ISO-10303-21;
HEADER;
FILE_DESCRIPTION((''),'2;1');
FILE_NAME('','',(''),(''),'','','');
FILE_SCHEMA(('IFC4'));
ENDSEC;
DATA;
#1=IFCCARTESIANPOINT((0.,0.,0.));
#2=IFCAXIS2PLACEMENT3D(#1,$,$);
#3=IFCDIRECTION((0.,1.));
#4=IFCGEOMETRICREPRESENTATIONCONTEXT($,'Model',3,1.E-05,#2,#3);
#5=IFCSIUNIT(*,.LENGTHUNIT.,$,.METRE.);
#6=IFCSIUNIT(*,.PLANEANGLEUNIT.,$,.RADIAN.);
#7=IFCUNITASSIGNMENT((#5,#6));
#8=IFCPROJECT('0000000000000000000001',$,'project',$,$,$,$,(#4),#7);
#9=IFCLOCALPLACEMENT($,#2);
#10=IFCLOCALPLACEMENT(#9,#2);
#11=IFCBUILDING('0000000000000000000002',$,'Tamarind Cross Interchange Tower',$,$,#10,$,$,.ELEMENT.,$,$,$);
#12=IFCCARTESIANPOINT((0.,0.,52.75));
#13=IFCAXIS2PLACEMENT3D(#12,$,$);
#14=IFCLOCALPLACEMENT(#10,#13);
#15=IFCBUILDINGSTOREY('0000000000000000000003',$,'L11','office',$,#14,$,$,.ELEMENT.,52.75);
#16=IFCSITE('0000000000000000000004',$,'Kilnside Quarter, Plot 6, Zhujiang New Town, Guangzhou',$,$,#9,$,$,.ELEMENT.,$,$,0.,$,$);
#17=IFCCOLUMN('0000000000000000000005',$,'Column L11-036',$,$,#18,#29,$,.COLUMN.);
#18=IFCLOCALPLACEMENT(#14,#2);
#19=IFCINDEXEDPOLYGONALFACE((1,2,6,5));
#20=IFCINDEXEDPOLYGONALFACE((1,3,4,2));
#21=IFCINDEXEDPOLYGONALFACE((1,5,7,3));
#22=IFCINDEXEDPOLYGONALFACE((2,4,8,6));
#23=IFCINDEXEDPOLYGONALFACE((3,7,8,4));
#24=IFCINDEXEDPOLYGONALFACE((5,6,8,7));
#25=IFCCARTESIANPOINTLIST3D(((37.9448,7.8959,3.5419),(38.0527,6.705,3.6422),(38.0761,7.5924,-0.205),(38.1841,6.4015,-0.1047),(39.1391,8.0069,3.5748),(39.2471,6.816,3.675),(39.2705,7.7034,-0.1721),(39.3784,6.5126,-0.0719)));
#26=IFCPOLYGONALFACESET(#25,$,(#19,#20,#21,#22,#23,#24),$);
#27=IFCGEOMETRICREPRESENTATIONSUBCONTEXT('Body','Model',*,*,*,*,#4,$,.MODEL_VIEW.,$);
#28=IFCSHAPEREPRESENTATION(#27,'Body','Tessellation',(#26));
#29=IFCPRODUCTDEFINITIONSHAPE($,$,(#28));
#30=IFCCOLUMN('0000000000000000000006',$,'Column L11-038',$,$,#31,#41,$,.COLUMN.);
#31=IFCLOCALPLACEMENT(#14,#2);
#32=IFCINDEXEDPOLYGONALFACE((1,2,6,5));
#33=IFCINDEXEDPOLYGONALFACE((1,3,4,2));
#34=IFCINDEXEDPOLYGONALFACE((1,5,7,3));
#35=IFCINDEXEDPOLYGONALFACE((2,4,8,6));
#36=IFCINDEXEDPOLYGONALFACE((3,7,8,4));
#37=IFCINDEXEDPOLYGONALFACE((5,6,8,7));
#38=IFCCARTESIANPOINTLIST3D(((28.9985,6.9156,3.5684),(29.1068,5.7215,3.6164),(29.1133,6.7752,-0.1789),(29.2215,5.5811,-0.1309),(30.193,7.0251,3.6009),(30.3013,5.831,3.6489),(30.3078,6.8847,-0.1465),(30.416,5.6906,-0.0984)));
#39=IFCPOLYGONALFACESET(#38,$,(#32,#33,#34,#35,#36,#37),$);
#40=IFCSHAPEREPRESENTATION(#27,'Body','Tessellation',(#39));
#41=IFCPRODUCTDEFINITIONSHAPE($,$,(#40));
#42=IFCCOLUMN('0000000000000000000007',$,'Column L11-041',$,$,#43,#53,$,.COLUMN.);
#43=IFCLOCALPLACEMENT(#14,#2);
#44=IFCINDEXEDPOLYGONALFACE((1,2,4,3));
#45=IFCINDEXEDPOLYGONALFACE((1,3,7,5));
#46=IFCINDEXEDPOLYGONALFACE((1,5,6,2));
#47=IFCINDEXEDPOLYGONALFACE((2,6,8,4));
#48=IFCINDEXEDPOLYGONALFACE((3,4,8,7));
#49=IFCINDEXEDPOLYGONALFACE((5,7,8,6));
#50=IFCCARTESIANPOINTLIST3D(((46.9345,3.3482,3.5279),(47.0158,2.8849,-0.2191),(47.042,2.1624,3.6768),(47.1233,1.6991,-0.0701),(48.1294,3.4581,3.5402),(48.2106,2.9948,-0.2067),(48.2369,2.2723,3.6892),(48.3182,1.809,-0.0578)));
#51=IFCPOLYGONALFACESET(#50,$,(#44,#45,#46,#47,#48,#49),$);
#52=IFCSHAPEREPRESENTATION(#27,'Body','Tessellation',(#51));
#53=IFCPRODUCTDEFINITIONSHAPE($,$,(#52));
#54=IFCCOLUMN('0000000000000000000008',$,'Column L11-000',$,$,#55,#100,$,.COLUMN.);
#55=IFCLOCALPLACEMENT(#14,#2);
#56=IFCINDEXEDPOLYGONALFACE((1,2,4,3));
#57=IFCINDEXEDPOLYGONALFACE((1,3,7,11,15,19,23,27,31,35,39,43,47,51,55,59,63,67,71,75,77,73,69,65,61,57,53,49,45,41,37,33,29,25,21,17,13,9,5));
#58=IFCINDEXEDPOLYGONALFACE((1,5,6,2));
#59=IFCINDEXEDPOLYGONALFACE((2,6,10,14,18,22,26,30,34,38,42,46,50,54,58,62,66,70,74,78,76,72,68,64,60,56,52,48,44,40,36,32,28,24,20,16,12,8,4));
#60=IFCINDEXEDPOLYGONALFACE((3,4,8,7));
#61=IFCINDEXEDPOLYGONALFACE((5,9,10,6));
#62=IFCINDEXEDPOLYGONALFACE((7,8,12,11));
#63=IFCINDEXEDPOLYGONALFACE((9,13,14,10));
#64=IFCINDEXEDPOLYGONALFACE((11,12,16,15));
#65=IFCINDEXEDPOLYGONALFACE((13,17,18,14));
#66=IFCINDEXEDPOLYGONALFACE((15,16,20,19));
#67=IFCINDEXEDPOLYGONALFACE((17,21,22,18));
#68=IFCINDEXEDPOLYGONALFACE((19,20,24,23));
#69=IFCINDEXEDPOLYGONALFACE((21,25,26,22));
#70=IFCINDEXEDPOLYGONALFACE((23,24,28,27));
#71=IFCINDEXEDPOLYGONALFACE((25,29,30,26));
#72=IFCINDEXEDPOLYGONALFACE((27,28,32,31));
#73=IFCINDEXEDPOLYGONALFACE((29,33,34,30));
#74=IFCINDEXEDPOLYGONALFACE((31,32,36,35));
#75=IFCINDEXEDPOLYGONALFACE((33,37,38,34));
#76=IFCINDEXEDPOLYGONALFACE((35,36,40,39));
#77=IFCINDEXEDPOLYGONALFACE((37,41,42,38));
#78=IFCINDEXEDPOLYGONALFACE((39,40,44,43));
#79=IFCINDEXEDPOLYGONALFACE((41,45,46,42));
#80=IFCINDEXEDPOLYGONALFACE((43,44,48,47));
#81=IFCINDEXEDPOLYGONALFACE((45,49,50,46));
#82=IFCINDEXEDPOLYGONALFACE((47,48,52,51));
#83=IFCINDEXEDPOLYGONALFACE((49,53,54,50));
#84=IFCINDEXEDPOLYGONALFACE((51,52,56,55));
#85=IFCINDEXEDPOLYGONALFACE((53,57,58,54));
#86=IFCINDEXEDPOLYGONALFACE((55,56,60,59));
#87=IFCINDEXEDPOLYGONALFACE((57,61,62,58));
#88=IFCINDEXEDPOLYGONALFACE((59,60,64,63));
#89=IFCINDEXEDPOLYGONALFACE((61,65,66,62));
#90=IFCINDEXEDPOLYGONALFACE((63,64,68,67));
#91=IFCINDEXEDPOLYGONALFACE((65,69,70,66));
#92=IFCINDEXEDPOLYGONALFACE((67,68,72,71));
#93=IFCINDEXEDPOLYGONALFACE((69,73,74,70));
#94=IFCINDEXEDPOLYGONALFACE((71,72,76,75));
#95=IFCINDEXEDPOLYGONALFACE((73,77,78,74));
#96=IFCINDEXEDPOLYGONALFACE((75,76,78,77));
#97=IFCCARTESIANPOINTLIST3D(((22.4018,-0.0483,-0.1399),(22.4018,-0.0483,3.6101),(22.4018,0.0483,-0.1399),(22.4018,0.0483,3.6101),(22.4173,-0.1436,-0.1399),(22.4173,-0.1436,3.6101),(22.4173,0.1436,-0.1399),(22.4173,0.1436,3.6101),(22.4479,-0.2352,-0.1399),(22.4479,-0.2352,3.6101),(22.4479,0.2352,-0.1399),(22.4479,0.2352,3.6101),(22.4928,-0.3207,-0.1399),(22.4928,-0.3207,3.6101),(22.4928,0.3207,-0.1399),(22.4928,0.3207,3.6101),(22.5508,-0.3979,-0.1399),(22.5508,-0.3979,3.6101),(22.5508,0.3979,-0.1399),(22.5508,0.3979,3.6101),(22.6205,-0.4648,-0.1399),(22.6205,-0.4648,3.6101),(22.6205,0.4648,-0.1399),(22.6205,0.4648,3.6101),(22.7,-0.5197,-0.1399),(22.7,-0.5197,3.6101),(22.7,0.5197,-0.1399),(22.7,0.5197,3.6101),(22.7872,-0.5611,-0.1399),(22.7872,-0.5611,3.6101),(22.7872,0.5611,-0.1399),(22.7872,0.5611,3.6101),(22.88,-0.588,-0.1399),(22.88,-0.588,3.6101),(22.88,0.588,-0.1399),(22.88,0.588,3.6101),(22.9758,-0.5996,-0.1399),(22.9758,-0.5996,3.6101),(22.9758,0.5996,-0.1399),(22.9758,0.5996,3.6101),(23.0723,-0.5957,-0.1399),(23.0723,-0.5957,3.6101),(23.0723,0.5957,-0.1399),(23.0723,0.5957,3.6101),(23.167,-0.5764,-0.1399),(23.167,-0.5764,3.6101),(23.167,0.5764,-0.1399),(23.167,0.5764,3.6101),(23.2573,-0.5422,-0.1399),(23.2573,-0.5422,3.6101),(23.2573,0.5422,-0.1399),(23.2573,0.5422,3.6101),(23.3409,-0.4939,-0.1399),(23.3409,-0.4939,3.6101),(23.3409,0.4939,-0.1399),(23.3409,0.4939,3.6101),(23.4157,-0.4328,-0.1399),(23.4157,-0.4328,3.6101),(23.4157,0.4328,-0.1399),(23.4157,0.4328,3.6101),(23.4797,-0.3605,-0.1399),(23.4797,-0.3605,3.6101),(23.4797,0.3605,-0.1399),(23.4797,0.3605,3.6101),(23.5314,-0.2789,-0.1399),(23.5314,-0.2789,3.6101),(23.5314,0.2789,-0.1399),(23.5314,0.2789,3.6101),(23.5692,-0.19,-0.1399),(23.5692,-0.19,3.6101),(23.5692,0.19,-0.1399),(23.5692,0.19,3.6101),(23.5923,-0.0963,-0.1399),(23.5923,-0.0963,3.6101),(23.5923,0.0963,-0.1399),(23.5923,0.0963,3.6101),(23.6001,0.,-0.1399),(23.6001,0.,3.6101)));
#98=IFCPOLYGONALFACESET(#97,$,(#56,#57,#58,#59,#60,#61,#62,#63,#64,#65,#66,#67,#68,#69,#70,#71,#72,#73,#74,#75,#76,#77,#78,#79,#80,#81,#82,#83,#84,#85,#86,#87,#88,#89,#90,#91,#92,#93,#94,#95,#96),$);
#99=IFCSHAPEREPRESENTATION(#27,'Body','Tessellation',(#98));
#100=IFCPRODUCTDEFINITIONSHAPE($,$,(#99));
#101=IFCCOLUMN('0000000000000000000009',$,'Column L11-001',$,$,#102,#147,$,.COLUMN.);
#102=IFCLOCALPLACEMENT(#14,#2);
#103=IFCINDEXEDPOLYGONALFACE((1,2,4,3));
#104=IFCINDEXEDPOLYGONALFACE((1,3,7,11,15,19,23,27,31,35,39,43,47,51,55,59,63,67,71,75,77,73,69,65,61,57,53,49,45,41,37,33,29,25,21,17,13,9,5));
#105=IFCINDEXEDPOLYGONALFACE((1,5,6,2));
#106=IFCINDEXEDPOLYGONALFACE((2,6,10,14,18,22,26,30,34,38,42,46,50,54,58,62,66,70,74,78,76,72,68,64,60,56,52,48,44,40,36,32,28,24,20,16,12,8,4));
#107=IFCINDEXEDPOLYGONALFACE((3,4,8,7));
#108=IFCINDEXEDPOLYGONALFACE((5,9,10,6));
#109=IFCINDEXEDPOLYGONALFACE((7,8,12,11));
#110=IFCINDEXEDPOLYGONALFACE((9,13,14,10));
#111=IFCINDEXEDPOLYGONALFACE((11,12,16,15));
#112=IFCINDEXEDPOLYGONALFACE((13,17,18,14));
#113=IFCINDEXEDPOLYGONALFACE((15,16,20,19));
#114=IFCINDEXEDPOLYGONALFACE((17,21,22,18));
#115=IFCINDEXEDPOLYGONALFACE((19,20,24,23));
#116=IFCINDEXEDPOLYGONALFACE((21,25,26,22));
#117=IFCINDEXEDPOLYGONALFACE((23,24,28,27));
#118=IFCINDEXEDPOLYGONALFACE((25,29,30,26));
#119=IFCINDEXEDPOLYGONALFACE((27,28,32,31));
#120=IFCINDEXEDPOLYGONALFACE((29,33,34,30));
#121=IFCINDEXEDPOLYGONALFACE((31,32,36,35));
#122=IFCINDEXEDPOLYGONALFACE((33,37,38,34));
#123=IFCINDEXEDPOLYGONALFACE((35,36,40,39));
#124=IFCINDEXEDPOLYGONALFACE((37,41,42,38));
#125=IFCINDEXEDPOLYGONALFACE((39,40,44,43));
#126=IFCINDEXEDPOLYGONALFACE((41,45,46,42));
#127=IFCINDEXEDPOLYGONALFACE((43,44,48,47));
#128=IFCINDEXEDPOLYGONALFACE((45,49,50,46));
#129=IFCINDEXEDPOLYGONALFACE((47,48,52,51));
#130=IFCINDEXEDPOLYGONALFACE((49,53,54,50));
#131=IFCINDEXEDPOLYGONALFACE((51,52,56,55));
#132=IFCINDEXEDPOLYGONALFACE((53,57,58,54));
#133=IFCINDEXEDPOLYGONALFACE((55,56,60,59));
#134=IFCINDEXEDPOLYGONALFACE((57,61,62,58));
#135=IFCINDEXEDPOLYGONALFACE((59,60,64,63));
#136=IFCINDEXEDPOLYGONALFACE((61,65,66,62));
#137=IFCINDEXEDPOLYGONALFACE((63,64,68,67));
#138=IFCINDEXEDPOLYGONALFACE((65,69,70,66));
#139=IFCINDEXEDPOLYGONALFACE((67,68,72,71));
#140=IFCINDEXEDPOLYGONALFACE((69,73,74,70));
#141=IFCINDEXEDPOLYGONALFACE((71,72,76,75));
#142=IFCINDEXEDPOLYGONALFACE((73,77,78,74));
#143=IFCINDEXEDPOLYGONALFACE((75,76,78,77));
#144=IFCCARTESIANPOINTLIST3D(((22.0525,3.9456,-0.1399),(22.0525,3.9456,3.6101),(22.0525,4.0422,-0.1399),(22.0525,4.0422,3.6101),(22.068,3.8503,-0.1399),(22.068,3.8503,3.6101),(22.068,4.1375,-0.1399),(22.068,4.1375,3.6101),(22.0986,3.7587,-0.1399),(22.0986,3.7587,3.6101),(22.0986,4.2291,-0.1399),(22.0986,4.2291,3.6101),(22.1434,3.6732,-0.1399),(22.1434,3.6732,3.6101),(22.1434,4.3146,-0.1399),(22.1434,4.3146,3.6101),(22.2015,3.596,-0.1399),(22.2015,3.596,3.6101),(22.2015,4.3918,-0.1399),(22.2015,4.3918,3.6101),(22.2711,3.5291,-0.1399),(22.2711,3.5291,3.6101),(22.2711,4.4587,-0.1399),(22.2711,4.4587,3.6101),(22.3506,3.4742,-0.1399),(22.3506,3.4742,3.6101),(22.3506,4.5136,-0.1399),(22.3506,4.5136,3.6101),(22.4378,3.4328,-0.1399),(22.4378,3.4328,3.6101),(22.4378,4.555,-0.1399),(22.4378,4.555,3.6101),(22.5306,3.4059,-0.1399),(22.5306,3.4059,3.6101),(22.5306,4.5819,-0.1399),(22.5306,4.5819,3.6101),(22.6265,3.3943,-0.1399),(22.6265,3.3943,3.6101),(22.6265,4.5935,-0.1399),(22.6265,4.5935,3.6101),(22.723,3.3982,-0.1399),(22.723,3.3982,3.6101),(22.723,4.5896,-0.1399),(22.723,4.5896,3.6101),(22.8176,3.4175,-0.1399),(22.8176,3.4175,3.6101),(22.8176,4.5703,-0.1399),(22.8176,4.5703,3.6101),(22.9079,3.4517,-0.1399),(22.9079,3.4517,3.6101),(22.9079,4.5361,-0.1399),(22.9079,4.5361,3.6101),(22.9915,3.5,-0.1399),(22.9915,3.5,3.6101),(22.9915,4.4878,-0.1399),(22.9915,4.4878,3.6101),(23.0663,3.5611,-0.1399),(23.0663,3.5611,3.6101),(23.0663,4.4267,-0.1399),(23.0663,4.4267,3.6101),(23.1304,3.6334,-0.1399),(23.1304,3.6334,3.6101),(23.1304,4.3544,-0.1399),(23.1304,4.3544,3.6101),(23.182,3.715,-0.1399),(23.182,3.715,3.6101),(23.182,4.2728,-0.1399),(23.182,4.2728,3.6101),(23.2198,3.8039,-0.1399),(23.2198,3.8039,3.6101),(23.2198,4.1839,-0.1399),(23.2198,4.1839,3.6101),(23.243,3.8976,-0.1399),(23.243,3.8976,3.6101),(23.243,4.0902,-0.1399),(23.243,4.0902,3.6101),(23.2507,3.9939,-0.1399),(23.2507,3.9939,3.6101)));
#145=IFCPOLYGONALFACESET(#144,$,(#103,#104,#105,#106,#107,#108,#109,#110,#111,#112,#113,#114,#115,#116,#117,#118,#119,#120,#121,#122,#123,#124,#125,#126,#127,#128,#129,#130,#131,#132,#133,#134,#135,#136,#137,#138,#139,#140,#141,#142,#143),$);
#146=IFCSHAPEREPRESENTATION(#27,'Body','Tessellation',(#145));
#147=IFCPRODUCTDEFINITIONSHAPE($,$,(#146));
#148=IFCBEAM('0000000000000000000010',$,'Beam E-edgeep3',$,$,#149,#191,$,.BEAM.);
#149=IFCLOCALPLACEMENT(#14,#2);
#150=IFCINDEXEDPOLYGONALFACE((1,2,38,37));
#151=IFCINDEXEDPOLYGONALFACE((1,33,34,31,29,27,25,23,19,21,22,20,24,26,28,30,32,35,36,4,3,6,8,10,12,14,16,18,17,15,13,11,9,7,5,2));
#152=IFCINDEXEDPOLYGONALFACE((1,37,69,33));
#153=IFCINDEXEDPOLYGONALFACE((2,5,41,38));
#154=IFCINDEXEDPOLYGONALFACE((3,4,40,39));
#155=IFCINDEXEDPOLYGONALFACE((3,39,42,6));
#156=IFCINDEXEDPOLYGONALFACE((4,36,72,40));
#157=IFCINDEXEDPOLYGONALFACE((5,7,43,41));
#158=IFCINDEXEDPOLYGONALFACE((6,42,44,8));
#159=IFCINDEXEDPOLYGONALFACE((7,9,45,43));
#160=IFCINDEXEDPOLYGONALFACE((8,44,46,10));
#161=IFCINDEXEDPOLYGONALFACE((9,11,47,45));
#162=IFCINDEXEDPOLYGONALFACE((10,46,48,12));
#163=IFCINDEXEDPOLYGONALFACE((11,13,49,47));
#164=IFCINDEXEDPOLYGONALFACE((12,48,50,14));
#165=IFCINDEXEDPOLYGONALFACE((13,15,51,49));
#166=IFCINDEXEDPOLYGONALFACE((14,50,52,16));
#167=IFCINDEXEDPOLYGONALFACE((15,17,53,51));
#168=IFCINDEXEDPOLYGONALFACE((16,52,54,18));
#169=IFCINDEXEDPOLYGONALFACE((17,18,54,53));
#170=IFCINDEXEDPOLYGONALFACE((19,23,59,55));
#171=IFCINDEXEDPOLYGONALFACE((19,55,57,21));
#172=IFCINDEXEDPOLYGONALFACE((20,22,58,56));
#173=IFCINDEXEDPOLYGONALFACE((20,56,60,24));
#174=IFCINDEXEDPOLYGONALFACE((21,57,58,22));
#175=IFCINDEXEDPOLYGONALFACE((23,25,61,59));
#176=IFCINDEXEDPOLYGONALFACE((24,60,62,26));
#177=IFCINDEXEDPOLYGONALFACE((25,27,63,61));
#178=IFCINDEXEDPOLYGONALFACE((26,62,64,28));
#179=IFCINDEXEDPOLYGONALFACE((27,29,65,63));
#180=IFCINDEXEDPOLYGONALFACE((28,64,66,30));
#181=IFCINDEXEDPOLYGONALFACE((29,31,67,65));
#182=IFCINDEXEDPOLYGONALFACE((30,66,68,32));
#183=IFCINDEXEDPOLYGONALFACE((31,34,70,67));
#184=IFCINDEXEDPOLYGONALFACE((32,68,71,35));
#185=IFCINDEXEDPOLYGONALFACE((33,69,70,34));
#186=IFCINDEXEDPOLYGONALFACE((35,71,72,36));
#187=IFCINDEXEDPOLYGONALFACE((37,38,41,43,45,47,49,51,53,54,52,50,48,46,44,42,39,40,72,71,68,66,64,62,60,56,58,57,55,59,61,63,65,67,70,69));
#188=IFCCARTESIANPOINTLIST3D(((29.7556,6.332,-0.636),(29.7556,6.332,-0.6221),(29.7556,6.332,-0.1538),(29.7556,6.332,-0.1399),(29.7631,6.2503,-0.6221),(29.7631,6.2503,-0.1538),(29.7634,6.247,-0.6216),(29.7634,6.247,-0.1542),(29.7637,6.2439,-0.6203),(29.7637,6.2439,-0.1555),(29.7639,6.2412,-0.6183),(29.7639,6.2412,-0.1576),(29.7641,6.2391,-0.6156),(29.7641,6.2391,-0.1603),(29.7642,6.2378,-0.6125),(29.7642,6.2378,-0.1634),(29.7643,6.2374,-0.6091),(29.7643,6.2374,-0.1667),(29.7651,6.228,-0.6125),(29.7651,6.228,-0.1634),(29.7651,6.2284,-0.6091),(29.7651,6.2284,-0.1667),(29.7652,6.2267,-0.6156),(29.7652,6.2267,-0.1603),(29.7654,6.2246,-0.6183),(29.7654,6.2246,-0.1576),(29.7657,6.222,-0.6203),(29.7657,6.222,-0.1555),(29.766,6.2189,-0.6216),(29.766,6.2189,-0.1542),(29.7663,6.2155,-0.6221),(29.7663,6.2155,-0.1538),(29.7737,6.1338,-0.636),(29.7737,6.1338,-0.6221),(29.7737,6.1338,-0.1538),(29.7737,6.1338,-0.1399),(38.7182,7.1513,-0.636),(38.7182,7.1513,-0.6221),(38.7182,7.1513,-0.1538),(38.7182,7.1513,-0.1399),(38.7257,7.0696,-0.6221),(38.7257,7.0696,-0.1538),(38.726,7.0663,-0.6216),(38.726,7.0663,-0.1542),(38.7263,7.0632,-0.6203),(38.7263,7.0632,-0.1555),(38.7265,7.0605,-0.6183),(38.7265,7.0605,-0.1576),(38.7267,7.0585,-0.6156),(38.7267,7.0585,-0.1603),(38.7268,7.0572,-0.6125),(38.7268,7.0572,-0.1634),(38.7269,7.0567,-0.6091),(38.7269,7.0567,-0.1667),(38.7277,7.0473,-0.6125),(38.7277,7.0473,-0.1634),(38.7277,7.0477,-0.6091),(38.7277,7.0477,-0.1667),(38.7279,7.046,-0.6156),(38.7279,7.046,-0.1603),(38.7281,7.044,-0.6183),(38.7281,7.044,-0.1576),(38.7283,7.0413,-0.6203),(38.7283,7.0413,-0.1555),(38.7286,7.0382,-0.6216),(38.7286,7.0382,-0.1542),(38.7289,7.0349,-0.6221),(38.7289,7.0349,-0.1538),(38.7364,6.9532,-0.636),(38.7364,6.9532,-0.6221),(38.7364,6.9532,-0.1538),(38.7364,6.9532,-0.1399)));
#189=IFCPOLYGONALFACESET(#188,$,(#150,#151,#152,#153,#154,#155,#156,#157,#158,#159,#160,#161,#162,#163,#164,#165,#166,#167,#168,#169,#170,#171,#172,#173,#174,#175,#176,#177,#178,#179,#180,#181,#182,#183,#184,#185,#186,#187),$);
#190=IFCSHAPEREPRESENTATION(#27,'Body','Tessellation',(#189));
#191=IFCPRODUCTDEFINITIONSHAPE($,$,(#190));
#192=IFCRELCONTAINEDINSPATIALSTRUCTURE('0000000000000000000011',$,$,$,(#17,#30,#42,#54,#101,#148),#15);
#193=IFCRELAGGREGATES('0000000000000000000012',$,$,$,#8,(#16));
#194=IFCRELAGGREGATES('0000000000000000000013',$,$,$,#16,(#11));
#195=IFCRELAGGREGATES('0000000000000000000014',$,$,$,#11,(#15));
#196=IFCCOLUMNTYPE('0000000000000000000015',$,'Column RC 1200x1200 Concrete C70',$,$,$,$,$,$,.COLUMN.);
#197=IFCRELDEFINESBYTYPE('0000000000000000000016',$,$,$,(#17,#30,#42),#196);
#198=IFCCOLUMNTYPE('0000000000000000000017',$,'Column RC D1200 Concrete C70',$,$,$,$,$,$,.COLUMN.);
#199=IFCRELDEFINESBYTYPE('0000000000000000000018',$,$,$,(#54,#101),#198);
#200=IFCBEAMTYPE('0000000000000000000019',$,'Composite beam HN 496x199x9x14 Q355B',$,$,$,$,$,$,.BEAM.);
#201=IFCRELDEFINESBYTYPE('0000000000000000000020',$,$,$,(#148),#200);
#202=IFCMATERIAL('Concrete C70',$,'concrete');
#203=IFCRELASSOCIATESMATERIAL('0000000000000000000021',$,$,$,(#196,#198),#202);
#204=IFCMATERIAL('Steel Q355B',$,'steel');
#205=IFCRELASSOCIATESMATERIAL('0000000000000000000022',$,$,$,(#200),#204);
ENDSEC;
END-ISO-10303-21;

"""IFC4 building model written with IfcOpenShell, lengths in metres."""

from ifc_helpers import new_model, si_unit, direction, frame, origin, origin_2d, place, context, subcontext, project, spatial, rectangle, circle, i_section, extrude, material, material_profile, profile_set, type_object, element, save


model = new_model("IFC4")

# Units and contexts
model_context = context("Model", 3, precision=1e-05, world=origin(), true_north=direction((0.0, 1.0)))
body_context = subcontext(model_context, "Body", "Model", "MODEL_VIEW")
ifc_project = project(units=[si_unit("LENGTHUNIT", "METRE"), si_unit("PLANEANGLEUNIT", "RADIAN")], contexts=[model_context])

# Site, building, storey
site_placement = place(None, origin())
site = spatial("IfcSite", under=ifc_project, at=site_placement, Name="Kilnside Quarter, Plot 6, Zhujiang New Town, Guangzhou", CompositionType="ELEMENT", RefElevation=0.0)
building_placement = place(site_placement, origin())
building = spatial("IfcBuilding", under=site, at=building_placement, Name="Tamarind Cross Interchange Tower", CompositionType="ELEMENT")
storey_placement = place(building_placement, frame((0.0, 0.0, 52.75)))
storey = spatial("IfcBuildingStorey", under=building, at=storey_placement, Name="L11", Description="office", CompositionType="ELEMENT", Elevation=52.75)

# Columns
ifc_material_1 = material(Name="Concrete C70", Category="concrete")
ifc_material_profile_1 = material_profile(ifc_material_1, rectangle(XDim=1.2, YDim=1.2, at=origin_2d()), Name="RC 1200x1200")
ifc_profile_set_1 = profile_set([ifc_material_profile_1], Name="Concrete C70")
column_type_1 = type_object("IfcColumnType", Name="Column RC 1200x1200 Concrete C70", PredefinedType="COLUMN", material=ifc_profile_set_1)
column_1_placement = place(storey_placement, frame((38.7273, 7.0525, -0.1384), z_axis=(-0.03492, 0.080679, 0.996128), x_axis=(0.089958, -0.992436, 0.083534)))
element("IfcColumn", 1, at=column_1_placement, inside=storey, type_object=column_type_1, Name="Column L11-036", PredefinedType="COLUMN", context=body_context, shape_type="SweptSolid", body=[
    extrude(rectangle(XDim=1.2, YDim=1.2, at=origin_2d()), origin(), (0.0, 0.0, 1.0), 3.7615),
])
column_2_placement = place(storey_placement, frame((29.7646, 6.2329, -0.1387), z_axis=(-0.030585, 0.037418, 0.998832), x_axis=(0.090183, -0.99512, 0.04004)))
element("IfcColumn", 2, at=column_2_placement, inside=storey, type_object=column_type_1, Name="Column L11-038", PredefinedType="COLUMN", context=body_context, shape_type="SweptSolid", body=[
    extrude(rectangle(XDim=1.2, YDim=1.2, at=origin_2d()), origin(), (0.0, 0.0, 1.0), 3.7517),
])
column_3_placement = place(storey_placement, frame((47.667, 2.3469, -0.1384), z_axis=(-0.021528, 0.122701, 0.99221), x_axis=(0.089614, -0.988208, 0.12415)))
element("IfcColumn", 3, at=column_3_placement, inside=storey, type_object=column_type_1, Name="Column L11-041", PredefinedType="COLUMN", context=body_context, shape_type="SweptSolid", body=[
    extrude(rectangle(XDim=1.2, YDim=1.2, at=origin_2d()), origin(), (0.0, 0.0, 1.0), 3.7764),
])
ifc_material_profile_2 = material_profile(ifc_material_1, circle(Radius=0.6001, at=origin_2d()), Name="RC D1200")
ifc_profile_set_2 = profile_set([ifc_material_profile_2], Name="Concrete C70")
column_type_2 = type_object("IfcColumnType", Name="Column RC D1200 Concrete C70", PredefinedType="COLUMN", material=ifc_profile_set_2)
for number, where, z_axis, x_axis, name in (
    (4, (23.0, 0.0, -0.1399), (0.0, 0.0, 1.0), (1.0, 0.0, 0.0), "Column L11-000"),
    (5, (22.6506, 3.9939, -0.1399), (0.0, 0.0, 1.0), (1.0, 0.0, 0.0), "Column L11-001"),
):
    element("IfcColumn", number, at=place(storey_placement, frame(where, z_axis=z_axis, x_axis=x_axis)), inside=storey, type_object=column_type_2, Name=name, PredefinedType="COLUMN", context=body_context, shape_type="SweptSolid", body=[
        extrude(circle(Radius=0.6001, at=origin_2d()), origin(), (0.0, 0.0, 1.0), 3.75),
    ])

# Beam
ifc_material_2 = material(Name="Steel Q355B", Category="steel")
ifc_material_profile_3 = material_profile(ifc_material_2, i_section(OverallWidth=0.199, OverallDepth=0.4961, WebThickness=0.009, FlangeThickness=0.0139, FilletRadius=0.0129, at=origin_2d()), Name="HN 496x199x9x14")
ifc_profile_set_3 = profile_set([ifc_material_profile_3], Name="Steel Q355B")
beam_type_1 = type_object("IfcBeamType", Name="Composite beam HN 496x199x9x14 Q355B", PredefinedType="BEAM", material=ifc_profile_set_3)
beam_1_placement = place(storey_placement, frame((38.7273, 7.0522, -0.3879), z_axis=(-0.995847, -0.091037, 0.0), x_axis=(0.091037, -0.995847, 0.0)))
element("IfcBeam", 6, at=beam_1_placement, inside=storey, type_object=beam_type_1, Name="Beam E-edgeep3", PredefinedType="BEAM", context=body_context, shape_type="SweptSolid", body=[
    extrude(i_section(OverallWidth=0.199, OverallDepth=0.4961, WebThickness=0.009, FlangeThickness=0.0139, FilletRadius=0.0129, at=origin_2d()), origin(), (0.0, 0.0, 1.0), 9.0),
])

save(model, "model.ifc")
